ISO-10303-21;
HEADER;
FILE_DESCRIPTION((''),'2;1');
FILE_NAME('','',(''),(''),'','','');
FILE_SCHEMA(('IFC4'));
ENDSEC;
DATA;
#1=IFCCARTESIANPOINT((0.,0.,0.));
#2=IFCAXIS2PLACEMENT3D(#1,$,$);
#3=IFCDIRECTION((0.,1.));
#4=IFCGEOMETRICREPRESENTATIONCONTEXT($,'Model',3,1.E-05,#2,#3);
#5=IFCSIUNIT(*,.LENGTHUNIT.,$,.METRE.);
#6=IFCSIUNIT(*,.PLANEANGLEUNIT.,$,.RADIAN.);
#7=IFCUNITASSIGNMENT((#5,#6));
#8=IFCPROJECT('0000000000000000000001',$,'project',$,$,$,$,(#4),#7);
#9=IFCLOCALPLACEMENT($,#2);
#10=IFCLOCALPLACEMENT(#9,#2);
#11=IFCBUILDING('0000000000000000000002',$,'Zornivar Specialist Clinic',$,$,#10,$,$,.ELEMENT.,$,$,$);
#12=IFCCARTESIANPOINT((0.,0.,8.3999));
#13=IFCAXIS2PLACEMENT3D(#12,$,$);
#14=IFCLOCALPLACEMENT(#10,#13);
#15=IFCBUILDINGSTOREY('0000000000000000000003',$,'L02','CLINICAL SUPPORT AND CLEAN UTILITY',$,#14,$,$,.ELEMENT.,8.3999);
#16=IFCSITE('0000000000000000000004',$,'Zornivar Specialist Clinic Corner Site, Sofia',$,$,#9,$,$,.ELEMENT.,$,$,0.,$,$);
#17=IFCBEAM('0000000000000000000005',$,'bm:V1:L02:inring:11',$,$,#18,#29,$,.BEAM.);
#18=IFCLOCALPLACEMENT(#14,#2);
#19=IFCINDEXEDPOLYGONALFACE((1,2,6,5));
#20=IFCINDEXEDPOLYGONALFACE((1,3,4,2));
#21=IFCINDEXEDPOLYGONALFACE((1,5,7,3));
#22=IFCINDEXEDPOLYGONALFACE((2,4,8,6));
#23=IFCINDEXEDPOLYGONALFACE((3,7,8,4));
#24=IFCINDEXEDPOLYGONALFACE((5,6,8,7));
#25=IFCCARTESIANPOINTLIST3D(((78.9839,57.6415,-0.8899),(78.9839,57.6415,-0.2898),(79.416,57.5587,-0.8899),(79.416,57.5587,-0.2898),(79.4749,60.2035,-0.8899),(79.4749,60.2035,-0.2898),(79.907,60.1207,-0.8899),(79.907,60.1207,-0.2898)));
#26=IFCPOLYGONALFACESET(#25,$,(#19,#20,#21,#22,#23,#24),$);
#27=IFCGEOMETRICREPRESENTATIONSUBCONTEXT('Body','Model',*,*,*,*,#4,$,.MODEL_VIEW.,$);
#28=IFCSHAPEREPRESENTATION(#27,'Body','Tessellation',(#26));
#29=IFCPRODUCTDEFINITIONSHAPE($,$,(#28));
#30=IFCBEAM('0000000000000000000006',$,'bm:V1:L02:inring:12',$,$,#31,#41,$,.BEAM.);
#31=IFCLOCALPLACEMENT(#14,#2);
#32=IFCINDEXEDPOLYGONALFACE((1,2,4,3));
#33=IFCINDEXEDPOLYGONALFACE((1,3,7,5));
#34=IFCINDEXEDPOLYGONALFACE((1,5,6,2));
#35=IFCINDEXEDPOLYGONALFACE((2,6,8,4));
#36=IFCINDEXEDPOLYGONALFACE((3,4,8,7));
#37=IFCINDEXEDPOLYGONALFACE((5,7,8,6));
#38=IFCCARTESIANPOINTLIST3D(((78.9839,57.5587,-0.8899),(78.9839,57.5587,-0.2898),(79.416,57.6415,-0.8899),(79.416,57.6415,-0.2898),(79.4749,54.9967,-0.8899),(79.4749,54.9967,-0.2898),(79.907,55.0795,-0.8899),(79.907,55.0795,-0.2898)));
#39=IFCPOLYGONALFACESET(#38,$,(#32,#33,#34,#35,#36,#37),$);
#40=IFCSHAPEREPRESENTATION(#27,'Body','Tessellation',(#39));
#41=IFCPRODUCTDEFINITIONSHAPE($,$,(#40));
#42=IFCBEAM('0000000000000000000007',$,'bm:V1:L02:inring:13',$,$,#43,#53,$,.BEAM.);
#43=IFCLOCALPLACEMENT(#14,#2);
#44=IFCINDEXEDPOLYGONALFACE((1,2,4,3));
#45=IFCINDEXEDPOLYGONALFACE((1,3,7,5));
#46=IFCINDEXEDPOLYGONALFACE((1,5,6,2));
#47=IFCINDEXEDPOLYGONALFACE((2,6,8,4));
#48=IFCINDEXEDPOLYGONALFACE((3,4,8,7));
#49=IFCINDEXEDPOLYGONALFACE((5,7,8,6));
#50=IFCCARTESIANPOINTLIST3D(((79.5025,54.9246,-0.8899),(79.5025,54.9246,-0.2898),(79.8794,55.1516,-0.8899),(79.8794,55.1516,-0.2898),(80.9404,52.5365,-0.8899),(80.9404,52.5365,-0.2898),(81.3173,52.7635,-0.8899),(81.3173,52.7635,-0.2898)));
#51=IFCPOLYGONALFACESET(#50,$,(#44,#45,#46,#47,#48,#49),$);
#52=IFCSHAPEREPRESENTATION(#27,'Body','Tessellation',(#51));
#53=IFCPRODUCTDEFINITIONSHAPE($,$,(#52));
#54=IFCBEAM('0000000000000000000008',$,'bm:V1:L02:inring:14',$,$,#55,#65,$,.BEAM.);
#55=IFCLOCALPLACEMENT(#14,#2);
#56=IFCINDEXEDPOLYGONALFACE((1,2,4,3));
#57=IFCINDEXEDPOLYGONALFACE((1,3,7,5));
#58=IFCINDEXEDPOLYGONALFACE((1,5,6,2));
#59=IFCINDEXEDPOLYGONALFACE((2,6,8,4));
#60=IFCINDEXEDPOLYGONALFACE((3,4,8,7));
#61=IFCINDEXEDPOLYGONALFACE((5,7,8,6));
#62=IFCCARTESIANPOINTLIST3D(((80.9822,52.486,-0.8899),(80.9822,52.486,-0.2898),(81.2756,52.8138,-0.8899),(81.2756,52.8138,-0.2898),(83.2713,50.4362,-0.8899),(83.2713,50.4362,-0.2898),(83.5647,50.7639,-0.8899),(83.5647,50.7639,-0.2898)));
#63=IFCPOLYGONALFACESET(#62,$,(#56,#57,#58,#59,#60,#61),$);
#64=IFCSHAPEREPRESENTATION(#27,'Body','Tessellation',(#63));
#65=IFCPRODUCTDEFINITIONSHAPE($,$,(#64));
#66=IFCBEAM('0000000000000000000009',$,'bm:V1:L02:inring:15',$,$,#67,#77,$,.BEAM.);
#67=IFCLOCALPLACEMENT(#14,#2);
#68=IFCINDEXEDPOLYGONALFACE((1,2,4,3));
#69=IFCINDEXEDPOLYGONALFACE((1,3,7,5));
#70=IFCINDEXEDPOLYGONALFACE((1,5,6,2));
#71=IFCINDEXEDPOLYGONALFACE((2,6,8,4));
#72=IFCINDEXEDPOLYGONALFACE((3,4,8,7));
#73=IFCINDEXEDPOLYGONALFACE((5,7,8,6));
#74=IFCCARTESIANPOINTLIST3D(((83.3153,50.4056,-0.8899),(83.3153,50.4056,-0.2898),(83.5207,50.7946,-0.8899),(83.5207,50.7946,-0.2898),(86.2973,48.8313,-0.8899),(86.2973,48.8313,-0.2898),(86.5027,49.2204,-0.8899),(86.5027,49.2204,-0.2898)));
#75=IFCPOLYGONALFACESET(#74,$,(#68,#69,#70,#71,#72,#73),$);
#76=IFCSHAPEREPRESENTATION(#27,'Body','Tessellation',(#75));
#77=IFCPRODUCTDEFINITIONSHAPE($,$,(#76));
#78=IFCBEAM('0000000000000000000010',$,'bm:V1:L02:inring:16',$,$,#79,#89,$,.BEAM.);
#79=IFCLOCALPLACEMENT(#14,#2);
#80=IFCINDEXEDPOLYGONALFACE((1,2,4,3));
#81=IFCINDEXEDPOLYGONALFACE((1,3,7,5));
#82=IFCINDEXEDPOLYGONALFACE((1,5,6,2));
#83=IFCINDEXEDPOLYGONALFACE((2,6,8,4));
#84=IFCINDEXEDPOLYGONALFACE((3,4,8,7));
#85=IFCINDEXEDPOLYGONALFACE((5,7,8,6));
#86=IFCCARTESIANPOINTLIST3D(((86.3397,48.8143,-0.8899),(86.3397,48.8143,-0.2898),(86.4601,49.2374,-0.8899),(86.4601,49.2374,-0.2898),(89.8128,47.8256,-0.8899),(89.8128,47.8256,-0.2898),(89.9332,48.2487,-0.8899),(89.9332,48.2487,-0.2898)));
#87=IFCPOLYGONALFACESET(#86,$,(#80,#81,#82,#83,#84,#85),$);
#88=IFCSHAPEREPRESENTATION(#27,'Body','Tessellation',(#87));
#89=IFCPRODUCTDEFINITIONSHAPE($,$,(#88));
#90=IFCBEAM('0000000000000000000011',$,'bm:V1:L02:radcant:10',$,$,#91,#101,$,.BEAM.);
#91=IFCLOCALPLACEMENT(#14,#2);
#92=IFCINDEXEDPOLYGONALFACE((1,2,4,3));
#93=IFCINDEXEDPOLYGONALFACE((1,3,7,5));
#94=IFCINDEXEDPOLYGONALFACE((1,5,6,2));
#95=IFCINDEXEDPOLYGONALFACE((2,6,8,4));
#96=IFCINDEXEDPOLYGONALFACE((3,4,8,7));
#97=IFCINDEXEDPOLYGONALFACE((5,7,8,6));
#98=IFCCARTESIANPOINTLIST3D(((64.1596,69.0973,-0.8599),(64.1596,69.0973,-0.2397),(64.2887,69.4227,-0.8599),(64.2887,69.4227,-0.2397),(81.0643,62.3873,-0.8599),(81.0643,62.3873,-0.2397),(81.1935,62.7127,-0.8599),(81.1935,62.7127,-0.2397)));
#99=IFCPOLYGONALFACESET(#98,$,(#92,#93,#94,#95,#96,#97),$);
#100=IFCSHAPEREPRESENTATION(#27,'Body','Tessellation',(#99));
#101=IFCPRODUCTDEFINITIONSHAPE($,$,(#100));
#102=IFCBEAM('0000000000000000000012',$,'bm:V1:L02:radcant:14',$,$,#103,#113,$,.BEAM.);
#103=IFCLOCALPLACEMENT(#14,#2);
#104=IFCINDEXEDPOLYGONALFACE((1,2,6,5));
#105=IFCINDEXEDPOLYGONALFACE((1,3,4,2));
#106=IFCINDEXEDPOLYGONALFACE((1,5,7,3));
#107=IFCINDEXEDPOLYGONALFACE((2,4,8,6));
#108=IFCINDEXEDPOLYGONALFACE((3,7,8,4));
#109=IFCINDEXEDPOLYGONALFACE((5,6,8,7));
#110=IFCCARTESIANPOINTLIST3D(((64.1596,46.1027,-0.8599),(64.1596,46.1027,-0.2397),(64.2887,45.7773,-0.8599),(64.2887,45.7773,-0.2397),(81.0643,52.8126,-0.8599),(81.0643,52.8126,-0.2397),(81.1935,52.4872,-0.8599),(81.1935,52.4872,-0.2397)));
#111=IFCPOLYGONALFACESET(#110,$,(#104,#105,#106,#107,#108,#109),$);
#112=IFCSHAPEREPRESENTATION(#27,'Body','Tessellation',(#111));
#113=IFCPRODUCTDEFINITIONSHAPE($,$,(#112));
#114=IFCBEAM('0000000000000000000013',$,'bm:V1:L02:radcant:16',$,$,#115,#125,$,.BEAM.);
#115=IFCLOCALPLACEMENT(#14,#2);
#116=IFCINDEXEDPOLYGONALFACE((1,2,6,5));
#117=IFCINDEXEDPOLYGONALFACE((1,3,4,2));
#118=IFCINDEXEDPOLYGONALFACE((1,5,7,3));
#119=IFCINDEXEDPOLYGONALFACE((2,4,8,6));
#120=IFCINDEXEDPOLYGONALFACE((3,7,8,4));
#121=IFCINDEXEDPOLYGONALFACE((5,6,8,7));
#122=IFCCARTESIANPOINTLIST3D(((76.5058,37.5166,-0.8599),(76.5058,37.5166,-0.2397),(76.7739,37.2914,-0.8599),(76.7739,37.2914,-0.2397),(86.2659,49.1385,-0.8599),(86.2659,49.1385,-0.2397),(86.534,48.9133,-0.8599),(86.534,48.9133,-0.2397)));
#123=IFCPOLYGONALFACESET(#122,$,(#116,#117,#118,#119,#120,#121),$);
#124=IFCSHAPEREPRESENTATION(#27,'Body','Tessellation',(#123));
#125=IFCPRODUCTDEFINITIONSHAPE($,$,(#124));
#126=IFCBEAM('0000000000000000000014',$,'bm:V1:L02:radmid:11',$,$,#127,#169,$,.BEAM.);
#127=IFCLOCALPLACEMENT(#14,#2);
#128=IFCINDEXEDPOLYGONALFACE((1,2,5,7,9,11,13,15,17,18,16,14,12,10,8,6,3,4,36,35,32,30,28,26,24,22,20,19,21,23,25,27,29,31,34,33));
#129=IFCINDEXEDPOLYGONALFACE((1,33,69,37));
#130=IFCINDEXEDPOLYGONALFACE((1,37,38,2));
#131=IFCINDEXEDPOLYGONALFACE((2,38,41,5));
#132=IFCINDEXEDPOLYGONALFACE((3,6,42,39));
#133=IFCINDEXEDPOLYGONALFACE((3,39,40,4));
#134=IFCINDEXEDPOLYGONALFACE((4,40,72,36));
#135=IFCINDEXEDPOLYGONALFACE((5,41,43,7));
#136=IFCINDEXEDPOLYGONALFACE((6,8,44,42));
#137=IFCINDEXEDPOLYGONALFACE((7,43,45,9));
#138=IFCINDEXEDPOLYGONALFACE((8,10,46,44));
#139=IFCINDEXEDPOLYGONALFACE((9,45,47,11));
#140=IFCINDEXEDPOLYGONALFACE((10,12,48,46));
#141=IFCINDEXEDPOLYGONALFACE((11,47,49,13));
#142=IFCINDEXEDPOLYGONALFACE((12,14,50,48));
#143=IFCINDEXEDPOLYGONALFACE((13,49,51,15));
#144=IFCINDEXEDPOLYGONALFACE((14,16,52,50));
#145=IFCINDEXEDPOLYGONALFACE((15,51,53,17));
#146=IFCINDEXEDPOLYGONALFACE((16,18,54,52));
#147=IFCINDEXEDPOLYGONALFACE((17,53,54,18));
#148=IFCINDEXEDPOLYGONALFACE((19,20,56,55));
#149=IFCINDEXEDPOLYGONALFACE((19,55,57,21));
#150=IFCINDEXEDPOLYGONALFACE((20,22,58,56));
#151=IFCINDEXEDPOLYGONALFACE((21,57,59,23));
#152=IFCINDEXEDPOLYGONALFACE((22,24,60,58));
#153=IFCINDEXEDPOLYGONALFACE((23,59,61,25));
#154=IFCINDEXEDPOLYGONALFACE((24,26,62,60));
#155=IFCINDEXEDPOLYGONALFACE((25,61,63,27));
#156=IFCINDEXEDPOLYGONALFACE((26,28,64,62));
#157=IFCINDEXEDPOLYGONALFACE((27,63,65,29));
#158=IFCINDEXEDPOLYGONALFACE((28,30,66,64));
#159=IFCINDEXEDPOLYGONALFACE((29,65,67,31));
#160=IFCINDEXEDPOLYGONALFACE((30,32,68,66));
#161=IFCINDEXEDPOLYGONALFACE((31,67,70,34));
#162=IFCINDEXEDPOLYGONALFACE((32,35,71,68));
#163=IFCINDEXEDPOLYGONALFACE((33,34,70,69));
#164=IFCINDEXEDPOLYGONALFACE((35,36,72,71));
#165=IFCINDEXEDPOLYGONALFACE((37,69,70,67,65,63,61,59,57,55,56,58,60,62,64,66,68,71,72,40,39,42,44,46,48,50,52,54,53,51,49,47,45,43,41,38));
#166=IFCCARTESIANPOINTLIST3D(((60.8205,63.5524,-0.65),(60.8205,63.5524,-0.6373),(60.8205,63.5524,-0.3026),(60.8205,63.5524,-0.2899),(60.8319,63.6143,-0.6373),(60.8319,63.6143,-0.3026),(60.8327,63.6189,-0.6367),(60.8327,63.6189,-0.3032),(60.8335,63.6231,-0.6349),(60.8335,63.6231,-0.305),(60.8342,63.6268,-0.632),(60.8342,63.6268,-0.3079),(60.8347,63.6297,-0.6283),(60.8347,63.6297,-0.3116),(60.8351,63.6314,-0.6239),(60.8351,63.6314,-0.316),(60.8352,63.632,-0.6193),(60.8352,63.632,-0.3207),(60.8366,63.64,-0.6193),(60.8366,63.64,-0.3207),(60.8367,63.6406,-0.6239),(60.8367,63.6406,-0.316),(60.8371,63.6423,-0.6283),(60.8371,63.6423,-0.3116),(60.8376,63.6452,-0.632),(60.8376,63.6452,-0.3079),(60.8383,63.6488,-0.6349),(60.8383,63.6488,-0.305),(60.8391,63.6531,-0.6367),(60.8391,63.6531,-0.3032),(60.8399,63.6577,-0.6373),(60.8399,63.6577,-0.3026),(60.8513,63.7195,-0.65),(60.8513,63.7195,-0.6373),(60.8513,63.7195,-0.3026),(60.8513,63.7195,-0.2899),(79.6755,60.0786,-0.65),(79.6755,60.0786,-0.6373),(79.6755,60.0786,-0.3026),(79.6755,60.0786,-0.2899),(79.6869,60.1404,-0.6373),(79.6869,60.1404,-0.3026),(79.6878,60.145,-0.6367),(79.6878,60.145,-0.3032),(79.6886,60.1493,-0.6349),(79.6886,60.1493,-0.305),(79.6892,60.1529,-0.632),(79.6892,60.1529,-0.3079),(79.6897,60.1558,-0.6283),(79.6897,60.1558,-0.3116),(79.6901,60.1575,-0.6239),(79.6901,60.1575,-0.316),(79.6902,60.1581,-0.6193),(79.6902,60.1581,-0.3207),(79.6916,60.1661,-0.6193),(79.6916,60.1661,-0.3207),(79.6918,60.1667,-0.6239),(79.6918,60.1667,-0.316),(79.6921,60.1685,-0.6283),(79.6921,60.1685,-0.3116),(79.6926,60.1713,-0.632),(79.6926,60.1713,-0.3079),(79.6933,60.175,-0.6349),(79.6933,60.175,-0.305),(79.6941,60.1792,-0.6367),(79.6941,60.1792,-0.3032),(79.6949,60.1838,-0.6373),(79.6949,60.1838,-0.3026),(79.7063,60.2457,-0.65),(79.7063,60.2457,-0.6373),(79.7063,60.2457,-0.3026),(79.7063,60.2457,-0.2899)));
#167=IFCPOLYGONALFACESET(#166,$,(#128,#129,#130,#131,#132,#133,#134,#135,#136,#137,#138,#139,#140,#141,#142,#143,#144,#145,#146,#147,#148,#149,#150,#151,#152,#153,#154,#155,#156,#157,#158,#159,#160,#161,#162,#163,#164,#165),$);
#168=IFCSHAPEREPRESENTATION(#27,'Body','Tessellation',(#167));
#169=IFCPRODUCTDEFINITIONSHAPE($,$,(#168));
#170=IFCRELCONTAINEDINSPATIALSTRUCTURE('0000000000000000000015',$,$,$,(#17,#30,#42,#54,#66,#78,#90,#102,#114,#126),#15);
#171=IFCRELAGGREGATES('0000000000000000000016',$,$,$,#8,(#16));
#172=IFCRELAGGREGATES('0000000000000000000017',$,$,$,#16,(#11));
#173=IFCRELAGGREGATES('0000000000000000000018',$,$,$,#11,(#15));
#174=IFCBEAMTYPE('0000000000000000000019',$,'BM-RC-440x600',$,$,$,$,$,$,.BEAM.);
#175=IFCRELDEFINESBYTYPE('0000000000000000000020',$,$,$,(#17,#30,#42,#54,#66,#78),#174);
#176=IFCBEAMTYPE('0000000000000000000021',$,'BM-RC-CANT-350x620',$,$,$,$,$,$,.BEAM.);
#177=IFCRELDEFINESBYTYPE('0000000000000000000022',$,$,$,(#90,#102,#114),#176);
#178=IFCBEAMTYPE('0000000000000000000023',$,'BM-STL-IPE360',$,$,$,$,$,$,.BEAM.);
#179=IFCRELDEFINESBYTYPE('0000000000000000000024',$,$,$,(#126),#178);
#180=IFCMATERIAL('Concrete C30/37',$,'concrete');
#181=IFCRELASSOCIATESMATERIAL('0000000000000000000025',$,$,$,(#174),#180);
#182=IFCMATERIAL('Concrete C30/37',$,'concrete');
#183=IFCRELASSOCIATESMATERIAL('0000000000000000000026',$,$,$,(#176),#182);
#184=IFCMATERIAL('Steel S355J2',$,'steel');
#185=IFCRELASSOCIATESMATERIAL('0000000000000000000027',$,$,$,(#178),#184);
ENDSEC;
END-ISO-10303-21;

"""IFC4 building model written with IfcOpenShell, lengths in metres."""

from ifc_helpers import new_model, si_unit, direction, frame, origin, origin_2d, place, context, subcontext, project, spatial, rectangle, i_section, extrude, material, material_profile, profile_set, type_object, element, save


model = new_model("IFC4")

# Units and contexts
model_context = context("Model", 3, precision=1e-05, world=origin(), true_north=direction((0.0, 1.0)))
body_context = subcontext(model_context, "Body", "Model", "MODEL_VIEW")
ifc_project = project(units=[si_unit("LENGTHUNIT", "METRE"), si_unit("PLANEANGLEUNIT", "RADIAN")], contexts=[model_context])

# Site, building, storey
site_placement = place(None, origin())
site = spatial("IfcSite", under=ifc_project, at=site_placement, Name="Zornivar Specialist Clinic Corner Site, Sofia", CompositionType="ELEMENT", RefElevation=0.0)
building_placement = place(site_placement, origin())
building = spatial("IfcBuilding", under=site, at=building_placement, Name="Zornivar Specialist Clinic", CompositionType="ELEMENT")
storey_placement = place(building_placement, frame((0.0, 0.0, 8.3999)))
storey = spatial("IfcBuildingStorey", under=building, at=storey_placement, Name="L02", Description="CLINICAL SUPPORT AND CLEAN UTILITY", CompositionType="ELEMENT", Elevation=8.3999)

# Beams
ifc_material_1 = material(Name="Concrete C30/37", Category="concrete")
ifc_material_profile_1 = material_profile(ifc_material_1, rectangle(XDim=0.4399, YDim=0.6001, at=origin_2d()), Name="RC 440x600")
ifc_profile_set_1 = profile_set([ifc_material_profile_1], Name="Concrete C30/37")
beam_type_1 = type_object("IfcBeamType", Name="BM-RC-440x600", PredefinedType="BEAM", material=ifc_profile_set_1)
for number, where, z_axis, x_axis, name in (
    (1, (79.6909, 60.1621, -0.5898), (-0.188209, -0.982129, 0.0), (0.982129, -0.188209, 0.0), "bm:V1:L02:inring:11"),
    (2, (79.2, 57.6001, -0.5898), (0.188209, -0.982129, 0.0), (0.982129, 0.188209, 0.0), "bm:V1:L02:inring:12"),
):
    element("IfcBeam", number, at=place(storey_placement, frame(where, z_axis=z_axis, x_axis=x_axis)), inside=storey, type_object=beam_type_1, Name=name, PredefinedType="BEAM", context=body_context, shape_type="SweptSolid", body=[
        extrude(rectangle(XDim=0.4399, YDim=0.6001, at=origin_2d()), origin(), (0.0, 0.0, 1.0), 2.6086),
    ])
beam_1_placement = place(storey_placement, frame((79.6909, 55.0381, -0.5898), z_axis=(0.515835, -0.856688, 0.0), x_axis=(0.856688, 0.515835, 0.0)))
element("IfcBeam", 3, at=beam_1_placement, inside=storey, type_object=beam_type_1, Name="bm:V1:L02:inring:13", PredefinedType="BEAM", context=body_context, shape_type="SweptSolid", body=[
    extrude(rectangle(XDim=0.4399, YDim=0.6001, at=origin_2d()), origin(), (0.0, 0.0, 1.0), 2.7876),
])
beam_2_placement = place(storey_placement, frame((81.1289, 52.6499, -0.5898), z_axis=(0.744967, -0.667101, 0.0), x_axis=(0.667101, 0.744967, 0.0)))
element("IfcBeam", 4, at=beam_2_placement, inside=storey, type_object=beam_type_1, Name="bm:V1:L02:inring:14", PredefinedType="BEAM", context=body_context, shape_type="SweptSolid", body=[
    extrude(rectangle(XDim=0.4399, YDim=0.6001, at=origin_2d()), origin(), (0.0, 0.0, 1.0), 3.0728),
])
beam_3_placement = place(storey_placement, frame((83.418, 50.6001, -0.5898), z_axis=(0.884333, -0.466856, 0.0), x_axis=(0.466856, 0.884333, 0.0)))
element("IfcBeam", 5, at=beam_3_placement, inside=storey, type_object=beam_type_1, Name="bm:V1:L02:inring:15", PredefinedType="BEAM", context=body_context, shape_type="SweptSolid", body=[
    extrude(rectangle(XDim=0.4399, YDim=0.6001, at=origin_2d()), origin(), (0.0, 0.0, 1.0), 3.3721),
])
beam_4_placement = place(storey_placement, frame((86.3999, 49.0259, -0.5898), z_axis=(0.961784, -0.27381, 0.0), x_axis=(0.27381, 0.961784, 0.0)))
element("IfcBeam", 6, at=beam_4_placement, inside=storey, type_object=beam_type_1, Name="bm:V1:L02:inring:16", PredefinedType="BEAM", context=body_context, shape_type="SweptSolid", body=[
    extrude(rectangle(XDim=0.4399, YDim=0.6001, at=origin_2d()), origin(), (0.0, 0.0, 1.0), 3.6111),
])
ifc_material_2 = material(Name="Concrete C30/37", Category="concrete")
ifc_material_profile_2 = material_profile(ifc_material_2, rectangle(XDim=0.3501, YDim=0.6201, at=origin_2d()), Name="RC 350x620")
ifc_profile_set_2 = profile_set([ifc_material_profile_2], Name="Concrete C30/37")
beam_type_2 = type_object("IfcBeamType", Name="BM-RC-CANT-350x620", PredefinedType="BEAM", material=ifc_profile_set_2)
for number, where, z_axis, x_axis, name in (
    (7, (81.1289, 62.55, -0.5498), (-0.929458, 0.368927, 0.0), (-0.368927, -0.929458, 0.0), "bm:V1:L02:radcant:10"),
    (8, (81.1289, 52.6499, -0.5498), (-0.929458, -0.368927, 0.0), (0.368927, -0.929458, 0.0), "bm:V1:L02:radcant:14"),
):
    element("IfcBeam", number, at=place(storey_placement, frame(where, z_axis=z_axis, x_axis=x_axis)), inside=storey, type_object=beam_type_2, Name=name, PredefinedType="BEAM", context=body_context, shape_type="SweptSolid", body=[
        extrude(rectangle(XDim=0.3501, YDim=0.6201, at=origin_2d()), origin(), (0.0, 0.0, 1.0), 18.1877),
    ])
beam_5_placement = place(storey_placement, frame((86.3999, 49.0259, -0.5498), z_axis=(-0.643102, -0.76578, 0.0), x_axis=(0.76578, -0.643102, 0.0)))
element("IfcBeam", 9, at=beam_5_placement, inside=storey, type_object=beam_type_2, Name="bm:V1:L02:radcant:16", PredefinedType="BEAM", context=body_context, shape_type="SweptSolid", body=[
    extrude(rectangle(XDim=0.3501, YDim=0.6201, at=origin_2d()), origin(), (0.0, 0.0, 1.0), 15.1765),
])
ifc_material_3 = material(Name="Steel S355J2", Category="steel")
ifc_material_profile_3 = material_profile(ifc_material_3, i_section(OverallWidth=0.1699, OverallDepth=0.3601, WebThickness=0.0081, FlangeThickness=0.0127, FilletRadius=0.0181, at=origin_2d()), Name="IPE 360")
ifc_profile_set_3 = profile_set([ifc_material_profile_3], Name="Steel S355J2")
beam_type_3 = type_object("IfcBeamType", Name="BM-STL-IPE360", PredefinedType="BEAM", material=ifc_profile_set_3)
for number, where, z_axis, x_axis, name in (
    (10, (79.6909, 60.1621, -0.47), (-0.983448, 0.181192, 0.0), (-0.181192, -0.983448, 0.0), "bm:V1:L02:radmid:11"),
):
    element("IfcBeam", number, at=place(storey_placement, frame(where, z_axis=z_axis, x_axis=x_axis)), inside=storey, type_object=beam_type_3, Name=name, PredefinedType="BEAM", context=body_context, shape_type="SweptSolid", body=[
        extrude(i_section(OverallWidth=0.1699, OverallDepth=0.3601, WebThickness=0.0081, FlangeThickness=0.0127, FilletRadius=0.0181, at=origin_2d()), origin(), (0.0, 0.0, 1.0), 19.1724),
    ])

save(model, "model.ifc")
